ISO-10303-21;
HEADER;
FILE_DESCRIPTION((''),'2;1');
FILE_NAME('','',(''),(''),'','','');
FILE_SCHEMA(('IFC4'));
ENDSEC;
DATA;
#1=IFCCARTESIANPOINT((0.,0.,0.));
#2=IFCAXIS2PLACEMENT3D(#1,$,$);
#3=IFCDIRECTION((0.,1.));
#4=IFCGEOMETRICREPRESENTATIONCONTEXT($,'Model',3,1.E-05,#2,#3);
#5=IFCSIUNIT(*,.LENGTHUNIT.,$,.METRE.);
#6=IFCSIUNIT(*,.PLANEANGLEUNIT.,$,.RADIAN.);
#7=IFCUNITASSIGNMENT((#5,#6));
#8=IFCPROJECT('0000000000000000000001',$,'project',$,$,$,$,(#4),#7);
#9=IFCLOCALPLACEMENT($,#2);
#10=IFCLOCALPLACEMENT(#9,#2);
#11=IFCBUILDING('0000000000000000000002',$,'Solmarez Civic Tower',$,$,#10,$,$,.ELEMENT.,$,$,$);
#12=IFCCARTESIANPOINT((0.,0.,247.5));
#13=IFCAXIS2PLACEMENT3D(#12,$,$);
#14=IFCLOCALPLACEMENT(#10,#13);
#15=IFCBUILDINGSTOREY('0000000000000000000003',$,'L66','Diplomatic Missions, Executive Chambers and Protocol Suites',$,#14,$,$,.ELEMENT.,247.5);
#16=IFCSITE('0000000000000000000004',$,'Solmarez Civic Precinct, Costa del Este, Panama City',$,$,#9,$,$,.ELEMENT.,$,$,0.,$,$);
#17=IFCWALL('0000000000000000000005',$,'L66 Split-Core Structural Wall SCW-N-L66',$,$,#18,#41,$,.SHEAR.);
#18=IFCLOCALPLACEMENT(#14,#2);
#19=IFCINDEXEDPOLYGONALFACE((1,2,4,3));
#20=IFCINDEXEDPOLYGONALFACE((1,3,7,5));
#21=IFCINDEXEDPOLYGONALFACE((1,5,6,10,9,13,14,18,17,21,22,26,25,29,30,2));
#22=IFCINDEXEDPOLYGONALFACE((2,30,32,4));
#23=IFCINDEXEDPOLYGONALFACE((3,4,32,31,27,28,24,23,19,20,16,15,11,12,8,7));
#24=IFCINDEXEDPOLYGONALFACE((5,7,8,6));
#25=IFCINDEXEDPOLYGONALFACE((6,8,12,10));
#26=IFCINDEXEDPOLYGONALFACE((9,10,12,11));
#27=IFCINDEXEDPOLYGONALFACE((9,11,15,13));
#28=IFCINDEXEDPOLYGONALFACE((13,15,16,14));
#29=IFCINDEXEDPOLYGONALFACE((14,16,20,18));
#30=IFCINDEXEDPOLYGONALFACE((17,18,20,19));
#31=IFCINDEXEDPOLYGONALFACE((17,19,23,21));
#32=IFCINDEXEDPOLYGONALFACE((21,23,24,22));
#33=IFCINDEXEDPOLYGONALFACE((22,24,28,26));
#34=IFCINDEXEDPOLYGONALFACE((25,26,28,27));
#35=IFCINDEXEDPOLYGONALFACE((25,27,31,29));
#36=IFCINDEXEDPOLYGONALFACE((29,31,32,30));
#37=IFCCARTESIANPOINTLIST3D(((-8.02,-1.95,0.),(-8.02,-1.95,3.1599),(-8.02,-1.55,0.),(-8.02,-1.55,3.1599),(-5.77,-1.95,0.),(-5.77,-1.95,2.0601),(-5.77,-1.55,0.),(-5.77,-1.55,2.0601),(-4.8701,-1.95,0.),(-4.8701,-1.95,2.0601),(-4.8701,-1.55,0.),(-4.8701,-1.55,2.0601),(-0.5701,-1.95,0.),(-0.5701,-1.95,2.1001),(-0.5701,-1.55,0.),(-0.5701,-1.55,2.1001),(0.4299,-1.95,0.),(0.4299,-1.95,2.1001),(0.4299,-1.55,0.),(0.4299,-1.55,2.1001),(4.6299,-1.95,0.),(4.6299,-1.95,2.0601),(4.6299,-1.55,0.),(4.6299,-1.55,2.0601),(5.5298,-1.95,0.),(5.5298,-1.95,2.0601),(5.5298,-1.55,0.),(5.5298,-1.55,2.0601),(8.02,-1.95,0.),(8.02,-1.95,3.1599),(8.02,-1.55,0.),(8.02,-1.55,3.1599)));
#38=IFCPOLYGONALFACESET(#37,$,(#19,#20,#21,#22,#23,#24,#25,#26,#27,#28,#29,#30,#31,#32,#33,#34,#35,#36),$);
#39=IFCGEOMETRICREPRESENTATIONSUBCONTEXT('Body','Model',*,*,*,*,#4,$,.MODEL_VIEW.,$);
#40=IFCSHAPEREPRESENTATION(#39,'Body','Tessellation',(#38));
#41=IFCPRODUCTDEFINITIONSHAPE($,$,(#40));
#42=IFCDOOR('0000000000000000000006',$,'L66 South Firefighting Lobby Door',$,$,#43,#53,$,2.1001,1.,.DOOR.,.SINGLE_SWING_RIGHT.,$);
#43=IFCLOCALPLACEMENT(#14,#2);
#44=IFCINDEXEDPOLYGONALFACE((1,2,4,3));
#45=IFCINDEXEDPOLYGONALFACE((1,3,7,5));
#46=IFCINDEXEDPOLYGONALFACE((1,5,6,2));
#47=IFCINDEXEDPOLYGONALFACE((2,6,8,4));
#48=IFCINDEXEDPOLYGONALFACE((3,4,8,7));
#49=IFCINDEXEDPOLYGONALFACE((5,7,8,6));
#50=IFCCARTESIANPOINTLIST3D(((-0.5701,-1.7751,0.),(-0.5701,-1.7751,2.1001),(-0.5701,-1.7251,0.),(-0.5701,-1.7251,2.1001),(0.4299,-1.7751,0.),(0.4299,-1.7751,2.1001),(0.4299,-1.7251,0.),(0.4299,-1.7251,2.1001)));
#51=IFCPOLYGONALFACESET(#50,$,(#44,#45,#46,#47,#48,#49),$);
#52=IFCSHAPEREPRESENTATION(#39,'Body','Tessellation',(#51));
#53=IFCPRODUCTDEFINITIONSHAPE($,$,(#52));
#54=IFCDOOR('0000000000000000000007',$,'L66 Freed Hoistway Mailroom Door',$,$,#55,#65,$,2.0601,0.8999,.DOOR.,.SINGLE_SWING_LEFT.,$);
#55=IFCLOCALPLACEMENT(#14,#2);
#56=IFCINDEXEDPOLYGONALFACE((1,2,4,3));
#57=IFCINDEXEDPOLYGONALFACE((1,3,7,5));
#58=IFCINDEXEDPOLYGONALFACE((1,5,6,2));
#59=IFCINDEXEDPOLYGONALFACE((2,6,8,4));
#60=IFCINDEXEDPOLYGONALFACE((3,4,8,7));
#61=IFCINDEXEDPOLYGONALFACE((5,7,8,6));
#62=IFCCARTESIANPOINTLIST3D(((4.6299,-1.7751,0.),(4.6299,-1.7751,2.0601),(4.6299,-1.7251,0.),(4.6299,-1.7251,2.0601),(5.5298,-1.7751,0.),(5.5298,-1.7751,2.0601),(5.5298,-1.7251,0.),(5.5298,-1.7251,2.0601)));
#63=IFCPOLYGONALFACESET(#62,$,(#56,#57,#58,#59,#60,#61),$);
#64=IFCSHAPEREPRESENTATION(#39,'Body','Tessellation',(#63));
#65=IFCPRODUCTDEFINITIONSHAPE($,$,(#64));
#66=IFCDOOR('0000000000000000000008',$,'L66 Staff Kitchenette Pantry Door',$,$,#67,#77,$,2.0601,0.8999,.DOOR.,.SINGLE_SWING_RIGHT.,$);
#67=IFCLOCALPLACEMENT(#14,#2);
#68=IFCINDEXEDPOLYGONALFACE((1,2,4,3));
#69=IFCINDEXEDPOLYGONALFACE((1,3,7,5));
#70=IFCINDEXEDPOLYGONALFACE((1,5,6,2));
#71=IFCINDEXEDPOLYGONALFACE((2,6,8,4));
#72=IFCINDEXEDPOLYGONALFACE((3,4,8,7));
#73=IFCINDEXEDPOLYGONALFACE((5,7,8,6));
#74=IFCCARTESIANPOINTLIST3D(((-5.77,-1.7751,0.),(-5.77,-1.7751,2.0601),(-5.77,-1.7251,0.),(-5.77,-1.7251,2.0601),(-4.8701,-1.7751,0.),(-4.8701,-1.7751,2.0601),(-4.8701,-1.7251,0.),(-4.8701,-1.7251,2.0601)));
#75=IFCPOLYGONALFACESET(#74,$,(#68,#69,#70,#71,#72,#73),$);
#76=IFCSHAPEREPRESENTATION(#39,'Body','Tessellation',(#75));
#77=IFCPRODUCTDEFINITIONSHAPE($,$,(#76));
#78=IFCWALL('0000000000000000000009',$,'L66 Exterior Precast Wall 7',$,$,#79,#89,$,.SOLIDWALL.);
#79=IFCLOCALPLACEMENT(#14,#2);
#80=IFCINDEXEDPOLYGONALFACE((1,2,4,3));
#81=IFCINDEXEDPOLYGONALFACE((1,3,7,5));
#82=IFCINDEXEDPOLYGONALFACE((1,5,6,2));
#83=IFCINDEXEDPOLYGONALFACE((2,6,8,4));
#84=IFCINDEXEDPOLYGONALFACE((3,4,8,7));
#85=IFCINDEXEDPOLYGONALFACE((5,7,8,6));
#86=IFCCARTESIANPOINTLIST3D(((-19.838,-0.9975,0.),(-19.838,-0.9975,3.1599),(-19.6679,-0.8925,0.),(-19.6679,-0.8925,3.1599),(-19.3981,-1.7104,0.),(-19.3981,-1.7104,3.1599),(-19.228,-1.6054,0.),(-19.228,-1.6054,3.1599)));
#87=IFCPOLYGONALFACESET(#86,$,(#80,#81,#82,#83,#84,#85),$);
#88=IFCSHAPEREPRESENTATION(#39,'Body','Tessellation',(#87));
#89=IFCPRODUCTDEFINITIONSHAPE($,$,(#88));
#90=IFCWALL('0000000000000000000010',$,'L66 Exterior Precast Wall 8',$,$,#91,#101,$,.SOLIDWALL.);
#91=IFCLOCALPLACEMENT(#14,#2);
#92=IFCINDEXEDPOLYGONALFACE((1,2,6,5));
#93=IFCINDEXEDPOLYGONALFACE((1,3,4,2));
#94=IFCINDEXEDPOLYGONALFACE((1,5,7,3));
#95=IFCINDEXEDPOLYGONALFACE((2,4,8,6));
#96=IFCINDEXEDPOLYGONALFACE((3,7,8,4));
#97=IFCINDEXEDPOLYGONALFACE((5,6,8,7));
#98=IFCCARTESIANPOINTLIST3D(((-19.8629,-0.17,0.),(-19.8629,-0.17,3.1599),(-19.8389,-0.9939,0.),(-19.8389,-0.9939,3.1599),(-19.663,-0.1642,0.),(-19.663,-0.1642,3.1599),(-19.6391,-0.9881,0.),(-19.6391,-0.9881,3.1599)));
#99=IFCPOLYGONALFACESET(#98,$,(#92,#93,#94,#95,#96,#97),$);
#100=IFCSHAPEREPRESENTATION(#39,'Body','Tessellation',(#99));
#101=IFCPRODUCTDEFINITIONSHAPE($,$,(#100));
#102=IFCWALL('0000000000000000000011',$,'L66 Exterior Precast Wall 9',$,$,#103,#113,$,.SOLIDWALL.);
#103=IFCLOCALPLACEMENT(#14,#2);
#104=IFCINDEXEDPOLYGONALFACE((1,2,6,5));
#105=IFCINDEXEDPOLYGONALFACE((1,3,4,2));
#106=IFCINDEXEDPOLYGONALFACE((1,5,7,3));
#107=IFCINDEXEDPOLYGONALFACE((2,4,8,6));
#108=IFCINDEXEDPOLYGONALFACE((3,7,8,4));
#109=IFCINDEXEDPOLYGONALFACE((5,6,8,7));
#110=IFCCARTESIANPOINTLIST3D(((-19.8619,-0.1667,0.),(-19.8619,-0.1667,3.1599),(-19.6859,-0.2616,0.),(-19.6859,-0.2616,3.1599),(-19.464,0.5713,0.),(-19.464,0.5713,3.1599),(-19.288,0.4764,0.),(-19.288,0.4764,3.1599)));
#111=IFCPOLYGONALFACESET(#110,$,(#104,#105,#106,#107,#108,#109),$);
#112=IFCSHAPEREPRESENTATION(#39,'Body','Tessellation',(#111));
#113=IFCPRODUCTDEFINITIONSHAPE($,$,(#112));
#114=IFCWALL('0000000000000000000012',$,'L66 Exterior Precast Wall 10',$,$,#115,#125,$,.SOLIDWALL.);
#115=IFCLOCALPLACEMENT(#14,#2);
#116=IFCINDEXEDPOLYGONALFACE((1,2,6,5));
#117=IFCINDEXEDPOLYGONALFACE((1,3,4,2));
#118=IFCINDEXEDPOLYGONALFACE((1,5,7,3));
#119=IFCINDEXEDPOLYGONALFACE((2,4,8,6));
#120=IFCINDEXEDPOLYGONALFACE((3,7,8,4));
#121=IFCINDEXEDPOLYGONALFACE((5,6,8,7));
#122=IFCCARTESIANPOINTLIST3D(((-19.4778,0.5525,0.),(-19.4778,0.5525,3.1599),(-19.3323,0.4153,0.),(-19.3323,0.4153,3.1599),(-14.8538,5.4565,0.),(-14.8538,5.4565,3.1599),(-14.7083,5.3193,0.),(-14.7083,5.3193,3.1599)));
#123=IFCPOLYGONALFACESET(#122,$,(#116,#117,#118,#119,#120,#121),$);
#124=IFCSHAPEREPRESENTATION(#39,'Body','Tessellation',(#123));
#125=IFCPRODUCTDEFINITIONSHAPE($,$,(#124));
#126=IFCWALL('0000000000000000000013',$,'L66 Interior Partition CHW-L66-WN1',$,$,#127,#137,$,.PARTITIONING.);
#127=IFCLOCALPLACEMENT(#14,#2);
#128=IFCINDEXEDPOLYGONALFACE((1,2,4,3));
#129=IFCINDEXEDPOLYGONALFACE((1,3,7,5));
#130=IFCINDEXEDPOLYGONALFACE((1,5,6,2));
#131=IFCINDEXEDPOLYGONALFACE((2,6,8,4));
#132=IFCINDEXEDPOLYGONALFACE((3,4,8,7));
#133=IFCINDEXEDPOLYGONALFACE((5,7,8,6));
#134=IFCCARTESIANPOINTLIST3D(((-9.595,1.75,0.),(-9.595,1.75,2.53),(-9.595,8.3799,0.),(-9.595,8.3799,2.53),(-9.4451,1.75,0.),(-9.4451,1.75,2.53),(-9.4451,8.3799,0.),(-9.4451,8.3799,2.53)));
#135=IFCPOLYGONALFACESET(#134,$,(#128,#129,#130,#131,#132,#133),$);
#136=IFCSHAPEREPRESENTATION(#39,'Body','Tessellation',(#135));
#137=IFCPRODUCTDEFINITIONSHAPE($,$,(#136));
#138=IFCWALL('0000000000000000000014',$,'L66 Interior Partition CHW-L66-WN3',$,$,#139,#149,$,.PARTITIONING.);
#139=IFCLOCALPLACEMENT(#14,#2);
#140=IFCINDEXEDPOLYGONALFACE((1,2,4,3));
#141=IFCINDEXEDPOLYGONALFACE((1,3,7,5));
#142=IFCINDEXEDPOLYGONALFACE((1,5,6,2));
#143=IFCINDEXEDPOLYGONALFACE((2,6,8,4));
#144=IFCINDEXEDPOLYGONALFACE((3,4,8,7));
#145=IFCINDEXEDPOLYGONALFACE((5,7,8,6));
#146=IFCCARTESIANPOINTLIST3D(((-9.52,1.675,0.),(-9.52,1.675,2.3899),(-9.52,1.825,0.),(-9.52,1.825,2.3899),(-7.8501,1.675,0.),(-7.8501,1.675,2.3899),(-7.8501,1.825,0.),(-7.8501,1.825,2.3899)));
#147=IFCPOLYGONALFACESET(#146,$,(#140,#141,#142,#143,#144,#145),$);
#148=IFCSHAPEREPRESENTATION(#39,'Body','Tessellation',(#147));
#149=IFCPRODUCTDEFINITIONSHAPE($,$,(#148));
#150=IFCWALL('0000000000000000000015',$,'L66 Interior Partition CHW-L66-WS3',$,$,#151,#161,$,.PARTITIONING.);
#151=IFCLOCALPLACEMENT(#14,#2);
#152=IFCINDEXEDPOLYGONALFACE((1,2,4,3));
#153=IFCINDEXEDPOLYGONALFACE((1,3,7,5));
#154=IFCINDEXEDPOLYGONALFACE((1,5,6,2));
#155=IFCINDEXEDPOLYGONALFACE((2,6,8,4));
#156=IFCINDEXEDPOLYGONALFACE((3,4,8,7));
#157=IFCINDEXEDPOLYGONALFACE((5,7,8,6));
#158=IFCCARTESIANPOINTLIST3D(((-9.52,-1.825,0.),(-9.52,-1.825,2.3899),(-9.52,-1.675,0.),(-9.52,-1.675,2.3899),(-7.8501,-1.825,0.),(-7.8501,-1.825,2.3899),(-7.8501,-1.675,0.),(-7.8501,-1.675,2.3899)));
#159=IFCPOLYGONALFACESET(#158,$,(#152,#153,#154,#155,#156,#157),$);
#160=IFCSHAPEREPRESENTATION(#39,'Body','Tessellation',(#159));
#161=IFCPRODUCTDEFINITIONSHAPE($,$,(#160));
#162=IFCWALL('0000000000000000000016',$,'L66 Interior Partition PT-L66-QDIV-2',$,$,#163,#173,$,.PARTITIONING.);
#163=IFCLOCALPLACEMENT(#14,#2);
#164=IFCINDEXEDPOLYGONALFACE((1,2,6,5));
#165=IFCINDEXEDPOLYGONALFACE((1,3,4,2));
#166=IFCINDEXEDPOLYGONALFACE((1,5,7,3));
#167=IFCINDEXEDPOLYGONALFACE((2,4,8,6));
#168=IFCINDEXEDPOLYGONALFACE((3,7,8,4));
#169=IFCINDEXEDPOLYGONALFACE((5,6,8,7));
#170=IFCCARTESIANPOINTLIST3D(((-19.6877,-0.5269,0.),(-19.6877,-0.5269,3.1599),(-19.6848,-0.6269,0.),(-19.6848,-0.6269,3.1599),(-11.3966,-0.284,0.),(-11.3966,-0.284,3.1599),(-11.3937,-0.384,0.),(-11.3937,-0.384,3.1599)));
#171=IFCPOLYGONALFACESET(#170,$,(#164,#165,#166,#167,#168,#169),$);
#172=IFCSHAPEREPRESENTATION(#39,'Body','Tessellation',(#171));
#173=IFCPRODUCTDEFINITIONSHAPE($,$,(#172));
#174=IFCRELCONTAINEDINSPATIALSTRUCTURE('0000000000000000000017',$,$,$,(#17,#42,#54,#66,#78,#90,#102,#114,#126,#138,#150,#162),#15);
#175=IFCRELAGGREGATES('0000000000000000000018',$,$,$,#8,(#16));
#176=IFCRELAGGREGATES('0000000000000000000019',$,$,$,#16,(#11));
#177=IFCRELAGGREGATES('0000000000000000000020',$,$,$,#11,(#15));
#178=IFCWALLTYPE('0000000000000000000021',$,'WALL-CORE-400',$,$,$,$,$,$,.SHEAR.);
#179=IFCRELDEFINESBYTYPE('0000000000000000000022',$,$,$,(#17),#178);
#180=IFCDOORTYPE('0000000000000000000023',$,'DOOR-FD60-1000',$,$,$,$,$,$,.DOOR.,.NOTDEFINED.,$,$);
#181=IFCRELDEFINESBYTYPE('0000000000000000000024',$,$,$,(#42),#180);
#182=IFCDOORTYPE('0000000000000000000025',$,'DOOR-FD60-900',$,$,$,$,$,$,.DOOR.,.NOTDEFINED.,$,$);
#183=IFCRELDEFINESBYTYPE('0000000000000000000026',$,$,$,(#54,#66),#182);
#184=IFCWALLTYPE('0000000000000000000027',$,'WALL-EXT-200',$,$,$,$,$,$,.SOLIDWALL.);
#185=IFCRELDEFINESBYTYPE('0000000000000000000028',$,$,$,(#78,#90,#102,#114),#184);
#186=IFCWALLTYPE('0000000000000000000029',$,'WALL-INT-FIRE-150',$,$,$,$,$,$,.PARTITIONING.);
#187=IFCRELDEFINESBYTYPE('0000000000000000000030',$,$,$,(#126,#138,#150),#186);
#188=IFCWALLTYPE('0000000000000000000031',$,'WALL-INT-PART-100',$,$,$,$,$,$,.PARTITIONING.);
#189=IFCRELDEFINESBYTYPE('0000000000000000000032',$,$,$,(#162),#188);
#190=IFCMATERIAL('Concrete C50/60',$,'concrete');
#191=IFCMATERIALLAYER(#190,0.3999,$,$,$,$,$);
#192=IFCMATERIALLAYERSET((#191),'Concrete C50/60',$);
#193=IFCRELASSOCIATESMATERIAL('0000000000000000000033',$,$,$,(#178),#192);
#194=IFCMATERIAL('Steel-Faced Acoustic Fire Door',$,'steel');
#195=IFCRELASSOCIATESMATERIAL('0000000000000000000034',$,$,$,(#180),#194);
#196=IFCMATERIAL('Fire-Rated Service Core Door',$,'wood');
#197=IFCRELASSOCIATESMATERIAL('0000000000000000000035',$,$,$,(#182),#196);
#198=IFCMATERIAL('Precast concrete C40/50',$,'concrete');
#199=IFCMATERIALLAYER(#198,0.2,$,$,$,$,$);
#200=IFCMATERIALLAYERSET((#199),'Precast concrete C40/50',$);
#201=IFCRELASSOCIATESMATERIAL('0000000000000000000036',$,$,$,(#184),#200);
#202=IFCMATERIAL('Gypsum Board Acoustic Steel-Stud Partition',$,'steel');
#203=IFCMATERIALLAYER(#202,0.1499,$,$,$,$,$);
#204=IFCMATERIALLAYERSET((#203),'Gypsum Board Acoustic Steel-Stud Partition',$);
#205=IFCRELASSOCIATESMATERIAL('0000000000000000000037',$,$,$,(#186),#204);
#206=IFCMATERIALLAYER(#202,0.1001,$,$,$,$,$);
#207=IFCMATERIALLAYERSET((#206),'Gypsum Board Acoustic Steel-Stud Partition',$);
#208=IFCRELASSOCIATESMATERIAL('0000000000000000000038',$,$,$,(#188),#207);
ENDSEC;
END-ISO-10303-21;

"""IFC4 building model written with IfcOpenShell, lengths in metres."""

from ifc_helpers import new_model, si_unit, direction, frame, frame_2d, origin, place, context, subcontext, project, spatial, rectangle, extrude, material, layer, layer_set, type_object, element, fill, save


model = new_model("IFC4")

# Units and contexts
model_context = context("Model", 3, precision=1e-05, world=origin(), true_north=direction((0.0, 1.0)))
body_context = subcontext(model_context, "Body", "Model", "MODEL_VIEW")
ifc_project = project(units=[si_unit("LENGTHUNIT", "METRE"), si_unit("PLANEANGLEUNIT", "RADIAN")], contexts=[model_context])

# Site, building, storey
site_placement = place(None, origin())
site = spatial("IfcSite", under=ifc_project, at=site_placement, Name="Solmarez Civic Precinct, Costa del Este, Panama City", CompositionType="ELEMENT", RefElevation=0.0)
building_placement = place(site_placement, origin())
building = spatial("IfcBuilding", under=site, at=building_placement, Name="Solmarez Civic Tower", CompositionType="ELEMENT")
storey_placement = place(building_placement, frame((0.0, 0.0, 247.5)))
storey = spatial("IfcBuildingStorey", under=building, at=storey_placement, Name="L66", Description="Diplomatic Missions, Executive Chambers and Protocol Suites", CompositionType="ELEMENT", Elevation=247.5)

# Shared definitions
ifc_material_1 = material(Name="Concrete C50/60", Category="concrete")

# Shared definitions
ifc_layer_1 = layer(ifc_material_1, 0.3999)
ifc_layer_set_1 = layer_set([ifc_layer_1], Name="Concrete C50/60")
wall_type_1 = type_object("IfcWallType", Name="WALL-CORE-400", PredefinedType="SHEAR", material=ifc_layer_set_1)

# Wall, openings, doors
wall_1_placement = place(storey_placement, frame((-8.02, -1.75, 0.0), z_axis=(0.0, 0.0, 1.0), x_axis=(1.0, 0.0, 0.0)))
wall_1 = element("IfcWall", 1, at=wall_1_placement, inside=storey, type_object=wall_type_1, Name="L66 Split-Core Structural Wall SCW-N-L66", PredefinedType="SHEAR", context=body_context, shape_type="SweptSolid", body=[
    extrude(rectangle(XDim=16.04, YDim=0.3999, at=frame_2d((8.02, 0.0))), origin(), (0.0, 0.0, 1.0), 3.1599),
])
opening_1_placement = place(wall_1_placement, frame((7.45, 0.0, 0.0)))
opening_1 = element("IfcOpeningElement", 2, at=opening_1_placement, cuts=wall_1, PredefinedType="OPENING", context=body_context, shape_type="SweptSolid", body=[
    extrude(rectangle(XDim=1.0, YDim=2.1001, at=frame_2d((0.5, 1.05))), frame((0.0, 0.21, 0.0), z_axis=(0.0, -1.0, 0.0), x_axis=(1.0, 0.0, 0.0)), (0.0, 0.0, 1.0), 0.4199),
])
opening_2_placement = place(wall_1_placement, frame((12.6499, 0.0, 0.0)))
opening_2 = element("IfcOpeningElement", 3, at=opening_2_placement, cuts=wall_1, PredefinedType="OPENING", context=body_context, shape_type="SweptSolid", body=[
    extrude(rectangle(XDim=0.8999, YDim=2.0601, at=frame_2d((0.45, 1.03))), frame((0.0, 0.21, 0.0), z_axis=(0.0, -1.0, 0.0), x_axis=(1.0, 0.0, 0.0)), (0.0, 0.0, 1.0), 0.4199),
])
opening_3_placement = place(wall_1_placement, frame((2.25, 0.0, 0.0)))
opening_3 = element("IfcOpeningElement", 4, at=opening_3_placement, cuts=wall_1, PredefinedType="OPENING", context=body_context, shape_type="SweptSolid", body=[
    extrude(rectangle(XDim=0.8999, YDim=2.0601, at=frame_2d((0.45, 1.03))), frame((0.0, 0.21, 0.0), z_axis=(0.0, -1.0, 0.0), x_axis=(1.0, 0.0, 0.0)), (0.0, 0.0, 1.0), 0.4199),
])
ifc_material_2 = material(Name="Steel-Faced Acoustic Fire Door", Category="steel")
door_type_1 = type_object("IfcDoorType", Name="DOOR-FD60-1000", OperationType="NOTDEFINED", PredefinedType="DOOR", material=ifc_material_2)
door_1_placement = place(opening_1_placement, origin())
door_1 = element("IfcDoor", 5, at=door_1_placement, inside=storey, type_object=door_type_1, Name="L66 South Firefighting Lobby Door", OperationType="SINGLE_SWING_RIGHT", OverallHeight=2.1001, OverallWidth=1.0, PredefinedType="DOOR", context=body_context, shape_type="SweptSolid", body=[
    extrude(rectangle(XDim=1.0, YDim=2.1001, at=frame_2d((0.5, 1.05))), frame((0.0, 0.0249, 0.0), z_axis=(0.0, -1.0, 0.0), x_axis=(1.0, 0.0, 0.0)), (0.0, 0.0, 1.0), 0.05),
])
fill(opening_1, door_1)
ifc_material_3 = material(Name="Fire-Rated Service Core Door", Category="wood")
door_type_2 = type_object("IfcDoorType", Name="DOOR-FD60-900", OperationType="NOTDEFINED", PredefinedType="DOOR", material=ifc_material_3)
door_2_placement = place(opening_2_placement, origin())
door_2 = element("IfcDoor", 6, at=door_2_placement, inside=storey, type_object=door_type_2, Name="L66 Freed Hoistway Mailroom Door", OperationType="SINGLE_SWING_LEFT", OverallHeight=2.0601, OverallWidth=0.8999, PredefinedType="DOOR", context=body_context, shape_type="SweptSolid", body=[
    extrude(rectangle(XDim=0.8999, YDim=2.0601, at=frame_2d((0.45, 1.03))), frame((0.0, 0.0249, 0.0), z_axis=(0.0, -1.0, 0.0), x_axis=(1.0, 0.0, 0.0)), (0.0, 0.0, 1.0), 0.05),
])
fill(opening_2, door_2)
door_3_placement = place(opening_3_placement, origin())
door_3 = element("IfcDoor", 7, at=door_3_placement, inside=storey, type_object=door_type_2, Name="L66 Staff Kitchenette Pantry Door", OperationType="SINGLE_SWING_RIGHT", OverallHeight=2.0601, OverallWidth=0.8999, PredefinedType="DOOR", context=body_context, shape_type="SweptSolid", body=[
    extrude(rectangle(XDim=0.8999, YDim=2.0601, at=frame_2d((0.45, 1.03))), frame((0.0, 0.0249, 0.0), z_axis=(0.0, -1.0, 0.0), x_axis=(1.0, 0.0, 0.0)), (0.0, 0.0, 1.0), 0.05),
])
fill(opening_3, door_3)

# Walls
ifc_material_4 = material(Name="Precast concrete C40/50", Category="concrete")
ifc_layer_2 = layer(ifc_material_4, 0.2)
ifc_layer_set_2 = layer_set([ifc_layer_2], Name="Precast concrete C40/50")
wall_type_2 = type_object("IfcWallType", Name="WALL-EXT-200", PredefinedType="SOLIDWALL", material=ifc_layer_set_2)
wall_2_placement = place(storey_placement, frame((-19.313, -1.658, 0.0), z_axis=(0.0, 0.0, 1.0), x_axis=(-0.52517, 0.850997, 0.0)))
element("IfcWall", 8, at=wall_2_placement, inside=storey, type_object=wall_type_2, Name="L66 Exterior Precast Wall 7", PredefinedType="SOLIDWALL", context=body_context, shape_type="SweptSolid", body=[
    extrude(rectangle(XDim=0.8376, YDim=0.2, at=frame_2d((0.4189, 0.0))), origin(), (0.0, 0.0, 1.0), 3.1599),
])
wall_3_placement = place(storey_placement, frame((-19.739, -0.991, 0.0), z_axis=(0.0, 0.0, 1.0), x_axis=(-0.029025, 0.999579, 0.0)))
element("IfcWall", 9, at=wall_3_placement, inside=storey, type_object=wall_type_2, Name="L66 Exterior Precast Wall 8", PredefinedType="SOLIDWALL", context=body_context, shape_type="SweptSolid", body=[
    extrude(rectangle(XDim=0.8242, YDim=0.2, at=frame_2d((0.4121, 0.0))), origin(), (0.0, 0.0, 1.0), 3.1599),
])
wall_4_placement = place(storey_placement, frame((-19.7739, -0.2141, 0.0), z_axis=(0.0, 0.0, 1.0), x_axis=(0.474603, 0.8802, 0.0)))
element("IfcWall", 10, at=wall_4_placement, inside=storey, type_object=wall_type_2, Name="L66 Exterior Precast Wall 9", PredefinedType="SOLIDWALL", context=body_context, shape_type="SweptSolid", body=[
    extrude(rectangle(XDim=0.8384, YDim=0.2, at=frame_2d((0.4192, 0.0))), origin(), (0.0, 0.0, 1.0), 3.1599),
])
wall_5_placement = place(storey_placement, frame((-19.405, 0.4839, 0.0), z_axis=(0.0, 0.0, 1.0), x_axis=(0.686029, 0.727574, 0.0)))
element("IfcWall", 11, at=wall_5_placement, inside=storey, type_object=wall_type_2, Name="L66 Exterior Precast Wall 10", PredefinedType="SOLIDWALL", context=body_context, shape_type="SweptSolid", body=[
    extrude(rectangle(XDim=6.7402, YDim=0.2, at=frame_2d((3.3701, 0.0))), origin(), (0.0, 0.0, 1.0), 3.1599),
])
ifc_material_5 = material(Name="Gypsum Board Acoustic Steel-Stud Partition", Category="steel")
ifc_layer_3 = layer(ifc_material_5, 0.1499)
ifc_layer_set_3 = layer_set([ifc_layer_3], Name="Gypsum Board Acoustic Steel-Stud Partition")
wall_type_3 = type_object("IfcWallType", Name="WALL-INT-FIRE-150", PredefinedType="PARTITIONING", material=ifc_layer_set_3)
wall_6_placement = place(storey_placement, frame((-9.52, 1.75, 0.0), z_axis=(0.0, 0.0, 1.0), x_axis=(0.0, 1.0, 0.0)))
element("IfcWall", 12, at=wall_6_placement, inside=storey, type_object=wall_type_3, Name="L66 Interior Partition CHW-L66-WN1", PredefinedType="PARTITIONING", context=body_context, shape_type="SweptSolid", body=[
    extrude(rectangle(XDim=6.6299, YDim=0.1499, at=frame_2d((3.3149, 0.0))), origin(), (0.0, 0.0, 1.0), 2.53),
])
for number, where, z_axis, x_axis, name in (
    (13, (-7.8501, 1.75, 0.0), (0.0, 0.0, 1.0), (-1.0, 0.0, 0.0), "L66 Interior Partition CHW-L66-WN3"),
    (14, (-7.8501, -1.75, 0.0), (0.0, 0.0, 1.0), (-1.0, 0.0, 0.0), "L66 Interior Partition CHW-L66-WS3"),
):
    element("IfcWall", number, at=place(storey_placement, frame(where, z_axis=z_axis, x_axis=x_axis)), inside=storey, type_object=wall_type_3, Name=name, PredefinedType="PARTITIONING", context=body_context, shape_type="SweptSolid", body=[
        extrude(rectangle(XDim=1.6699, YDim=0.1499, at=frame_2d((0.835, 0.0))), origin(), (0.0, 0.0, 1.0), 2.3899),
    ])
ifc_layer_4 = layer(ifc_material_5, 0.1001)
ifc_layer_set_4 = layer_set([ifc_layer_4], Name="Gypsum Board Acoustic Steel-Stud Partition")
wall_type_4 = type_object("IfcWallType", Name="WALL-INT-PART-100", PredefinedType="PARTITIONING", material=ifc_layer_set_4)
wall_7_placement = place(storey_placement, frame((-11.395, -0.334, 0.0), z_axis=(0.0, 0.0, 1.0), x_axis=(-0.999571, -0.029287, 0.0)))
element("IfcWall", 15, at=wall_7_placement, inside=storey, type_object=wall_type_4, Name="L66 Interior Partition PT-L66-QDIV-2", PredefinedType="PARTITIONING", context=body_context, shape_type="SweptSolid", body=[
    extrude(rectangle(XDim=8.2947, YDim=0.1001, at=frame_2d((4.1475, 0.0))), origin(), (0.0, 0.0, 1.0), 3.1599),
])

save(model, "model.ifc")
